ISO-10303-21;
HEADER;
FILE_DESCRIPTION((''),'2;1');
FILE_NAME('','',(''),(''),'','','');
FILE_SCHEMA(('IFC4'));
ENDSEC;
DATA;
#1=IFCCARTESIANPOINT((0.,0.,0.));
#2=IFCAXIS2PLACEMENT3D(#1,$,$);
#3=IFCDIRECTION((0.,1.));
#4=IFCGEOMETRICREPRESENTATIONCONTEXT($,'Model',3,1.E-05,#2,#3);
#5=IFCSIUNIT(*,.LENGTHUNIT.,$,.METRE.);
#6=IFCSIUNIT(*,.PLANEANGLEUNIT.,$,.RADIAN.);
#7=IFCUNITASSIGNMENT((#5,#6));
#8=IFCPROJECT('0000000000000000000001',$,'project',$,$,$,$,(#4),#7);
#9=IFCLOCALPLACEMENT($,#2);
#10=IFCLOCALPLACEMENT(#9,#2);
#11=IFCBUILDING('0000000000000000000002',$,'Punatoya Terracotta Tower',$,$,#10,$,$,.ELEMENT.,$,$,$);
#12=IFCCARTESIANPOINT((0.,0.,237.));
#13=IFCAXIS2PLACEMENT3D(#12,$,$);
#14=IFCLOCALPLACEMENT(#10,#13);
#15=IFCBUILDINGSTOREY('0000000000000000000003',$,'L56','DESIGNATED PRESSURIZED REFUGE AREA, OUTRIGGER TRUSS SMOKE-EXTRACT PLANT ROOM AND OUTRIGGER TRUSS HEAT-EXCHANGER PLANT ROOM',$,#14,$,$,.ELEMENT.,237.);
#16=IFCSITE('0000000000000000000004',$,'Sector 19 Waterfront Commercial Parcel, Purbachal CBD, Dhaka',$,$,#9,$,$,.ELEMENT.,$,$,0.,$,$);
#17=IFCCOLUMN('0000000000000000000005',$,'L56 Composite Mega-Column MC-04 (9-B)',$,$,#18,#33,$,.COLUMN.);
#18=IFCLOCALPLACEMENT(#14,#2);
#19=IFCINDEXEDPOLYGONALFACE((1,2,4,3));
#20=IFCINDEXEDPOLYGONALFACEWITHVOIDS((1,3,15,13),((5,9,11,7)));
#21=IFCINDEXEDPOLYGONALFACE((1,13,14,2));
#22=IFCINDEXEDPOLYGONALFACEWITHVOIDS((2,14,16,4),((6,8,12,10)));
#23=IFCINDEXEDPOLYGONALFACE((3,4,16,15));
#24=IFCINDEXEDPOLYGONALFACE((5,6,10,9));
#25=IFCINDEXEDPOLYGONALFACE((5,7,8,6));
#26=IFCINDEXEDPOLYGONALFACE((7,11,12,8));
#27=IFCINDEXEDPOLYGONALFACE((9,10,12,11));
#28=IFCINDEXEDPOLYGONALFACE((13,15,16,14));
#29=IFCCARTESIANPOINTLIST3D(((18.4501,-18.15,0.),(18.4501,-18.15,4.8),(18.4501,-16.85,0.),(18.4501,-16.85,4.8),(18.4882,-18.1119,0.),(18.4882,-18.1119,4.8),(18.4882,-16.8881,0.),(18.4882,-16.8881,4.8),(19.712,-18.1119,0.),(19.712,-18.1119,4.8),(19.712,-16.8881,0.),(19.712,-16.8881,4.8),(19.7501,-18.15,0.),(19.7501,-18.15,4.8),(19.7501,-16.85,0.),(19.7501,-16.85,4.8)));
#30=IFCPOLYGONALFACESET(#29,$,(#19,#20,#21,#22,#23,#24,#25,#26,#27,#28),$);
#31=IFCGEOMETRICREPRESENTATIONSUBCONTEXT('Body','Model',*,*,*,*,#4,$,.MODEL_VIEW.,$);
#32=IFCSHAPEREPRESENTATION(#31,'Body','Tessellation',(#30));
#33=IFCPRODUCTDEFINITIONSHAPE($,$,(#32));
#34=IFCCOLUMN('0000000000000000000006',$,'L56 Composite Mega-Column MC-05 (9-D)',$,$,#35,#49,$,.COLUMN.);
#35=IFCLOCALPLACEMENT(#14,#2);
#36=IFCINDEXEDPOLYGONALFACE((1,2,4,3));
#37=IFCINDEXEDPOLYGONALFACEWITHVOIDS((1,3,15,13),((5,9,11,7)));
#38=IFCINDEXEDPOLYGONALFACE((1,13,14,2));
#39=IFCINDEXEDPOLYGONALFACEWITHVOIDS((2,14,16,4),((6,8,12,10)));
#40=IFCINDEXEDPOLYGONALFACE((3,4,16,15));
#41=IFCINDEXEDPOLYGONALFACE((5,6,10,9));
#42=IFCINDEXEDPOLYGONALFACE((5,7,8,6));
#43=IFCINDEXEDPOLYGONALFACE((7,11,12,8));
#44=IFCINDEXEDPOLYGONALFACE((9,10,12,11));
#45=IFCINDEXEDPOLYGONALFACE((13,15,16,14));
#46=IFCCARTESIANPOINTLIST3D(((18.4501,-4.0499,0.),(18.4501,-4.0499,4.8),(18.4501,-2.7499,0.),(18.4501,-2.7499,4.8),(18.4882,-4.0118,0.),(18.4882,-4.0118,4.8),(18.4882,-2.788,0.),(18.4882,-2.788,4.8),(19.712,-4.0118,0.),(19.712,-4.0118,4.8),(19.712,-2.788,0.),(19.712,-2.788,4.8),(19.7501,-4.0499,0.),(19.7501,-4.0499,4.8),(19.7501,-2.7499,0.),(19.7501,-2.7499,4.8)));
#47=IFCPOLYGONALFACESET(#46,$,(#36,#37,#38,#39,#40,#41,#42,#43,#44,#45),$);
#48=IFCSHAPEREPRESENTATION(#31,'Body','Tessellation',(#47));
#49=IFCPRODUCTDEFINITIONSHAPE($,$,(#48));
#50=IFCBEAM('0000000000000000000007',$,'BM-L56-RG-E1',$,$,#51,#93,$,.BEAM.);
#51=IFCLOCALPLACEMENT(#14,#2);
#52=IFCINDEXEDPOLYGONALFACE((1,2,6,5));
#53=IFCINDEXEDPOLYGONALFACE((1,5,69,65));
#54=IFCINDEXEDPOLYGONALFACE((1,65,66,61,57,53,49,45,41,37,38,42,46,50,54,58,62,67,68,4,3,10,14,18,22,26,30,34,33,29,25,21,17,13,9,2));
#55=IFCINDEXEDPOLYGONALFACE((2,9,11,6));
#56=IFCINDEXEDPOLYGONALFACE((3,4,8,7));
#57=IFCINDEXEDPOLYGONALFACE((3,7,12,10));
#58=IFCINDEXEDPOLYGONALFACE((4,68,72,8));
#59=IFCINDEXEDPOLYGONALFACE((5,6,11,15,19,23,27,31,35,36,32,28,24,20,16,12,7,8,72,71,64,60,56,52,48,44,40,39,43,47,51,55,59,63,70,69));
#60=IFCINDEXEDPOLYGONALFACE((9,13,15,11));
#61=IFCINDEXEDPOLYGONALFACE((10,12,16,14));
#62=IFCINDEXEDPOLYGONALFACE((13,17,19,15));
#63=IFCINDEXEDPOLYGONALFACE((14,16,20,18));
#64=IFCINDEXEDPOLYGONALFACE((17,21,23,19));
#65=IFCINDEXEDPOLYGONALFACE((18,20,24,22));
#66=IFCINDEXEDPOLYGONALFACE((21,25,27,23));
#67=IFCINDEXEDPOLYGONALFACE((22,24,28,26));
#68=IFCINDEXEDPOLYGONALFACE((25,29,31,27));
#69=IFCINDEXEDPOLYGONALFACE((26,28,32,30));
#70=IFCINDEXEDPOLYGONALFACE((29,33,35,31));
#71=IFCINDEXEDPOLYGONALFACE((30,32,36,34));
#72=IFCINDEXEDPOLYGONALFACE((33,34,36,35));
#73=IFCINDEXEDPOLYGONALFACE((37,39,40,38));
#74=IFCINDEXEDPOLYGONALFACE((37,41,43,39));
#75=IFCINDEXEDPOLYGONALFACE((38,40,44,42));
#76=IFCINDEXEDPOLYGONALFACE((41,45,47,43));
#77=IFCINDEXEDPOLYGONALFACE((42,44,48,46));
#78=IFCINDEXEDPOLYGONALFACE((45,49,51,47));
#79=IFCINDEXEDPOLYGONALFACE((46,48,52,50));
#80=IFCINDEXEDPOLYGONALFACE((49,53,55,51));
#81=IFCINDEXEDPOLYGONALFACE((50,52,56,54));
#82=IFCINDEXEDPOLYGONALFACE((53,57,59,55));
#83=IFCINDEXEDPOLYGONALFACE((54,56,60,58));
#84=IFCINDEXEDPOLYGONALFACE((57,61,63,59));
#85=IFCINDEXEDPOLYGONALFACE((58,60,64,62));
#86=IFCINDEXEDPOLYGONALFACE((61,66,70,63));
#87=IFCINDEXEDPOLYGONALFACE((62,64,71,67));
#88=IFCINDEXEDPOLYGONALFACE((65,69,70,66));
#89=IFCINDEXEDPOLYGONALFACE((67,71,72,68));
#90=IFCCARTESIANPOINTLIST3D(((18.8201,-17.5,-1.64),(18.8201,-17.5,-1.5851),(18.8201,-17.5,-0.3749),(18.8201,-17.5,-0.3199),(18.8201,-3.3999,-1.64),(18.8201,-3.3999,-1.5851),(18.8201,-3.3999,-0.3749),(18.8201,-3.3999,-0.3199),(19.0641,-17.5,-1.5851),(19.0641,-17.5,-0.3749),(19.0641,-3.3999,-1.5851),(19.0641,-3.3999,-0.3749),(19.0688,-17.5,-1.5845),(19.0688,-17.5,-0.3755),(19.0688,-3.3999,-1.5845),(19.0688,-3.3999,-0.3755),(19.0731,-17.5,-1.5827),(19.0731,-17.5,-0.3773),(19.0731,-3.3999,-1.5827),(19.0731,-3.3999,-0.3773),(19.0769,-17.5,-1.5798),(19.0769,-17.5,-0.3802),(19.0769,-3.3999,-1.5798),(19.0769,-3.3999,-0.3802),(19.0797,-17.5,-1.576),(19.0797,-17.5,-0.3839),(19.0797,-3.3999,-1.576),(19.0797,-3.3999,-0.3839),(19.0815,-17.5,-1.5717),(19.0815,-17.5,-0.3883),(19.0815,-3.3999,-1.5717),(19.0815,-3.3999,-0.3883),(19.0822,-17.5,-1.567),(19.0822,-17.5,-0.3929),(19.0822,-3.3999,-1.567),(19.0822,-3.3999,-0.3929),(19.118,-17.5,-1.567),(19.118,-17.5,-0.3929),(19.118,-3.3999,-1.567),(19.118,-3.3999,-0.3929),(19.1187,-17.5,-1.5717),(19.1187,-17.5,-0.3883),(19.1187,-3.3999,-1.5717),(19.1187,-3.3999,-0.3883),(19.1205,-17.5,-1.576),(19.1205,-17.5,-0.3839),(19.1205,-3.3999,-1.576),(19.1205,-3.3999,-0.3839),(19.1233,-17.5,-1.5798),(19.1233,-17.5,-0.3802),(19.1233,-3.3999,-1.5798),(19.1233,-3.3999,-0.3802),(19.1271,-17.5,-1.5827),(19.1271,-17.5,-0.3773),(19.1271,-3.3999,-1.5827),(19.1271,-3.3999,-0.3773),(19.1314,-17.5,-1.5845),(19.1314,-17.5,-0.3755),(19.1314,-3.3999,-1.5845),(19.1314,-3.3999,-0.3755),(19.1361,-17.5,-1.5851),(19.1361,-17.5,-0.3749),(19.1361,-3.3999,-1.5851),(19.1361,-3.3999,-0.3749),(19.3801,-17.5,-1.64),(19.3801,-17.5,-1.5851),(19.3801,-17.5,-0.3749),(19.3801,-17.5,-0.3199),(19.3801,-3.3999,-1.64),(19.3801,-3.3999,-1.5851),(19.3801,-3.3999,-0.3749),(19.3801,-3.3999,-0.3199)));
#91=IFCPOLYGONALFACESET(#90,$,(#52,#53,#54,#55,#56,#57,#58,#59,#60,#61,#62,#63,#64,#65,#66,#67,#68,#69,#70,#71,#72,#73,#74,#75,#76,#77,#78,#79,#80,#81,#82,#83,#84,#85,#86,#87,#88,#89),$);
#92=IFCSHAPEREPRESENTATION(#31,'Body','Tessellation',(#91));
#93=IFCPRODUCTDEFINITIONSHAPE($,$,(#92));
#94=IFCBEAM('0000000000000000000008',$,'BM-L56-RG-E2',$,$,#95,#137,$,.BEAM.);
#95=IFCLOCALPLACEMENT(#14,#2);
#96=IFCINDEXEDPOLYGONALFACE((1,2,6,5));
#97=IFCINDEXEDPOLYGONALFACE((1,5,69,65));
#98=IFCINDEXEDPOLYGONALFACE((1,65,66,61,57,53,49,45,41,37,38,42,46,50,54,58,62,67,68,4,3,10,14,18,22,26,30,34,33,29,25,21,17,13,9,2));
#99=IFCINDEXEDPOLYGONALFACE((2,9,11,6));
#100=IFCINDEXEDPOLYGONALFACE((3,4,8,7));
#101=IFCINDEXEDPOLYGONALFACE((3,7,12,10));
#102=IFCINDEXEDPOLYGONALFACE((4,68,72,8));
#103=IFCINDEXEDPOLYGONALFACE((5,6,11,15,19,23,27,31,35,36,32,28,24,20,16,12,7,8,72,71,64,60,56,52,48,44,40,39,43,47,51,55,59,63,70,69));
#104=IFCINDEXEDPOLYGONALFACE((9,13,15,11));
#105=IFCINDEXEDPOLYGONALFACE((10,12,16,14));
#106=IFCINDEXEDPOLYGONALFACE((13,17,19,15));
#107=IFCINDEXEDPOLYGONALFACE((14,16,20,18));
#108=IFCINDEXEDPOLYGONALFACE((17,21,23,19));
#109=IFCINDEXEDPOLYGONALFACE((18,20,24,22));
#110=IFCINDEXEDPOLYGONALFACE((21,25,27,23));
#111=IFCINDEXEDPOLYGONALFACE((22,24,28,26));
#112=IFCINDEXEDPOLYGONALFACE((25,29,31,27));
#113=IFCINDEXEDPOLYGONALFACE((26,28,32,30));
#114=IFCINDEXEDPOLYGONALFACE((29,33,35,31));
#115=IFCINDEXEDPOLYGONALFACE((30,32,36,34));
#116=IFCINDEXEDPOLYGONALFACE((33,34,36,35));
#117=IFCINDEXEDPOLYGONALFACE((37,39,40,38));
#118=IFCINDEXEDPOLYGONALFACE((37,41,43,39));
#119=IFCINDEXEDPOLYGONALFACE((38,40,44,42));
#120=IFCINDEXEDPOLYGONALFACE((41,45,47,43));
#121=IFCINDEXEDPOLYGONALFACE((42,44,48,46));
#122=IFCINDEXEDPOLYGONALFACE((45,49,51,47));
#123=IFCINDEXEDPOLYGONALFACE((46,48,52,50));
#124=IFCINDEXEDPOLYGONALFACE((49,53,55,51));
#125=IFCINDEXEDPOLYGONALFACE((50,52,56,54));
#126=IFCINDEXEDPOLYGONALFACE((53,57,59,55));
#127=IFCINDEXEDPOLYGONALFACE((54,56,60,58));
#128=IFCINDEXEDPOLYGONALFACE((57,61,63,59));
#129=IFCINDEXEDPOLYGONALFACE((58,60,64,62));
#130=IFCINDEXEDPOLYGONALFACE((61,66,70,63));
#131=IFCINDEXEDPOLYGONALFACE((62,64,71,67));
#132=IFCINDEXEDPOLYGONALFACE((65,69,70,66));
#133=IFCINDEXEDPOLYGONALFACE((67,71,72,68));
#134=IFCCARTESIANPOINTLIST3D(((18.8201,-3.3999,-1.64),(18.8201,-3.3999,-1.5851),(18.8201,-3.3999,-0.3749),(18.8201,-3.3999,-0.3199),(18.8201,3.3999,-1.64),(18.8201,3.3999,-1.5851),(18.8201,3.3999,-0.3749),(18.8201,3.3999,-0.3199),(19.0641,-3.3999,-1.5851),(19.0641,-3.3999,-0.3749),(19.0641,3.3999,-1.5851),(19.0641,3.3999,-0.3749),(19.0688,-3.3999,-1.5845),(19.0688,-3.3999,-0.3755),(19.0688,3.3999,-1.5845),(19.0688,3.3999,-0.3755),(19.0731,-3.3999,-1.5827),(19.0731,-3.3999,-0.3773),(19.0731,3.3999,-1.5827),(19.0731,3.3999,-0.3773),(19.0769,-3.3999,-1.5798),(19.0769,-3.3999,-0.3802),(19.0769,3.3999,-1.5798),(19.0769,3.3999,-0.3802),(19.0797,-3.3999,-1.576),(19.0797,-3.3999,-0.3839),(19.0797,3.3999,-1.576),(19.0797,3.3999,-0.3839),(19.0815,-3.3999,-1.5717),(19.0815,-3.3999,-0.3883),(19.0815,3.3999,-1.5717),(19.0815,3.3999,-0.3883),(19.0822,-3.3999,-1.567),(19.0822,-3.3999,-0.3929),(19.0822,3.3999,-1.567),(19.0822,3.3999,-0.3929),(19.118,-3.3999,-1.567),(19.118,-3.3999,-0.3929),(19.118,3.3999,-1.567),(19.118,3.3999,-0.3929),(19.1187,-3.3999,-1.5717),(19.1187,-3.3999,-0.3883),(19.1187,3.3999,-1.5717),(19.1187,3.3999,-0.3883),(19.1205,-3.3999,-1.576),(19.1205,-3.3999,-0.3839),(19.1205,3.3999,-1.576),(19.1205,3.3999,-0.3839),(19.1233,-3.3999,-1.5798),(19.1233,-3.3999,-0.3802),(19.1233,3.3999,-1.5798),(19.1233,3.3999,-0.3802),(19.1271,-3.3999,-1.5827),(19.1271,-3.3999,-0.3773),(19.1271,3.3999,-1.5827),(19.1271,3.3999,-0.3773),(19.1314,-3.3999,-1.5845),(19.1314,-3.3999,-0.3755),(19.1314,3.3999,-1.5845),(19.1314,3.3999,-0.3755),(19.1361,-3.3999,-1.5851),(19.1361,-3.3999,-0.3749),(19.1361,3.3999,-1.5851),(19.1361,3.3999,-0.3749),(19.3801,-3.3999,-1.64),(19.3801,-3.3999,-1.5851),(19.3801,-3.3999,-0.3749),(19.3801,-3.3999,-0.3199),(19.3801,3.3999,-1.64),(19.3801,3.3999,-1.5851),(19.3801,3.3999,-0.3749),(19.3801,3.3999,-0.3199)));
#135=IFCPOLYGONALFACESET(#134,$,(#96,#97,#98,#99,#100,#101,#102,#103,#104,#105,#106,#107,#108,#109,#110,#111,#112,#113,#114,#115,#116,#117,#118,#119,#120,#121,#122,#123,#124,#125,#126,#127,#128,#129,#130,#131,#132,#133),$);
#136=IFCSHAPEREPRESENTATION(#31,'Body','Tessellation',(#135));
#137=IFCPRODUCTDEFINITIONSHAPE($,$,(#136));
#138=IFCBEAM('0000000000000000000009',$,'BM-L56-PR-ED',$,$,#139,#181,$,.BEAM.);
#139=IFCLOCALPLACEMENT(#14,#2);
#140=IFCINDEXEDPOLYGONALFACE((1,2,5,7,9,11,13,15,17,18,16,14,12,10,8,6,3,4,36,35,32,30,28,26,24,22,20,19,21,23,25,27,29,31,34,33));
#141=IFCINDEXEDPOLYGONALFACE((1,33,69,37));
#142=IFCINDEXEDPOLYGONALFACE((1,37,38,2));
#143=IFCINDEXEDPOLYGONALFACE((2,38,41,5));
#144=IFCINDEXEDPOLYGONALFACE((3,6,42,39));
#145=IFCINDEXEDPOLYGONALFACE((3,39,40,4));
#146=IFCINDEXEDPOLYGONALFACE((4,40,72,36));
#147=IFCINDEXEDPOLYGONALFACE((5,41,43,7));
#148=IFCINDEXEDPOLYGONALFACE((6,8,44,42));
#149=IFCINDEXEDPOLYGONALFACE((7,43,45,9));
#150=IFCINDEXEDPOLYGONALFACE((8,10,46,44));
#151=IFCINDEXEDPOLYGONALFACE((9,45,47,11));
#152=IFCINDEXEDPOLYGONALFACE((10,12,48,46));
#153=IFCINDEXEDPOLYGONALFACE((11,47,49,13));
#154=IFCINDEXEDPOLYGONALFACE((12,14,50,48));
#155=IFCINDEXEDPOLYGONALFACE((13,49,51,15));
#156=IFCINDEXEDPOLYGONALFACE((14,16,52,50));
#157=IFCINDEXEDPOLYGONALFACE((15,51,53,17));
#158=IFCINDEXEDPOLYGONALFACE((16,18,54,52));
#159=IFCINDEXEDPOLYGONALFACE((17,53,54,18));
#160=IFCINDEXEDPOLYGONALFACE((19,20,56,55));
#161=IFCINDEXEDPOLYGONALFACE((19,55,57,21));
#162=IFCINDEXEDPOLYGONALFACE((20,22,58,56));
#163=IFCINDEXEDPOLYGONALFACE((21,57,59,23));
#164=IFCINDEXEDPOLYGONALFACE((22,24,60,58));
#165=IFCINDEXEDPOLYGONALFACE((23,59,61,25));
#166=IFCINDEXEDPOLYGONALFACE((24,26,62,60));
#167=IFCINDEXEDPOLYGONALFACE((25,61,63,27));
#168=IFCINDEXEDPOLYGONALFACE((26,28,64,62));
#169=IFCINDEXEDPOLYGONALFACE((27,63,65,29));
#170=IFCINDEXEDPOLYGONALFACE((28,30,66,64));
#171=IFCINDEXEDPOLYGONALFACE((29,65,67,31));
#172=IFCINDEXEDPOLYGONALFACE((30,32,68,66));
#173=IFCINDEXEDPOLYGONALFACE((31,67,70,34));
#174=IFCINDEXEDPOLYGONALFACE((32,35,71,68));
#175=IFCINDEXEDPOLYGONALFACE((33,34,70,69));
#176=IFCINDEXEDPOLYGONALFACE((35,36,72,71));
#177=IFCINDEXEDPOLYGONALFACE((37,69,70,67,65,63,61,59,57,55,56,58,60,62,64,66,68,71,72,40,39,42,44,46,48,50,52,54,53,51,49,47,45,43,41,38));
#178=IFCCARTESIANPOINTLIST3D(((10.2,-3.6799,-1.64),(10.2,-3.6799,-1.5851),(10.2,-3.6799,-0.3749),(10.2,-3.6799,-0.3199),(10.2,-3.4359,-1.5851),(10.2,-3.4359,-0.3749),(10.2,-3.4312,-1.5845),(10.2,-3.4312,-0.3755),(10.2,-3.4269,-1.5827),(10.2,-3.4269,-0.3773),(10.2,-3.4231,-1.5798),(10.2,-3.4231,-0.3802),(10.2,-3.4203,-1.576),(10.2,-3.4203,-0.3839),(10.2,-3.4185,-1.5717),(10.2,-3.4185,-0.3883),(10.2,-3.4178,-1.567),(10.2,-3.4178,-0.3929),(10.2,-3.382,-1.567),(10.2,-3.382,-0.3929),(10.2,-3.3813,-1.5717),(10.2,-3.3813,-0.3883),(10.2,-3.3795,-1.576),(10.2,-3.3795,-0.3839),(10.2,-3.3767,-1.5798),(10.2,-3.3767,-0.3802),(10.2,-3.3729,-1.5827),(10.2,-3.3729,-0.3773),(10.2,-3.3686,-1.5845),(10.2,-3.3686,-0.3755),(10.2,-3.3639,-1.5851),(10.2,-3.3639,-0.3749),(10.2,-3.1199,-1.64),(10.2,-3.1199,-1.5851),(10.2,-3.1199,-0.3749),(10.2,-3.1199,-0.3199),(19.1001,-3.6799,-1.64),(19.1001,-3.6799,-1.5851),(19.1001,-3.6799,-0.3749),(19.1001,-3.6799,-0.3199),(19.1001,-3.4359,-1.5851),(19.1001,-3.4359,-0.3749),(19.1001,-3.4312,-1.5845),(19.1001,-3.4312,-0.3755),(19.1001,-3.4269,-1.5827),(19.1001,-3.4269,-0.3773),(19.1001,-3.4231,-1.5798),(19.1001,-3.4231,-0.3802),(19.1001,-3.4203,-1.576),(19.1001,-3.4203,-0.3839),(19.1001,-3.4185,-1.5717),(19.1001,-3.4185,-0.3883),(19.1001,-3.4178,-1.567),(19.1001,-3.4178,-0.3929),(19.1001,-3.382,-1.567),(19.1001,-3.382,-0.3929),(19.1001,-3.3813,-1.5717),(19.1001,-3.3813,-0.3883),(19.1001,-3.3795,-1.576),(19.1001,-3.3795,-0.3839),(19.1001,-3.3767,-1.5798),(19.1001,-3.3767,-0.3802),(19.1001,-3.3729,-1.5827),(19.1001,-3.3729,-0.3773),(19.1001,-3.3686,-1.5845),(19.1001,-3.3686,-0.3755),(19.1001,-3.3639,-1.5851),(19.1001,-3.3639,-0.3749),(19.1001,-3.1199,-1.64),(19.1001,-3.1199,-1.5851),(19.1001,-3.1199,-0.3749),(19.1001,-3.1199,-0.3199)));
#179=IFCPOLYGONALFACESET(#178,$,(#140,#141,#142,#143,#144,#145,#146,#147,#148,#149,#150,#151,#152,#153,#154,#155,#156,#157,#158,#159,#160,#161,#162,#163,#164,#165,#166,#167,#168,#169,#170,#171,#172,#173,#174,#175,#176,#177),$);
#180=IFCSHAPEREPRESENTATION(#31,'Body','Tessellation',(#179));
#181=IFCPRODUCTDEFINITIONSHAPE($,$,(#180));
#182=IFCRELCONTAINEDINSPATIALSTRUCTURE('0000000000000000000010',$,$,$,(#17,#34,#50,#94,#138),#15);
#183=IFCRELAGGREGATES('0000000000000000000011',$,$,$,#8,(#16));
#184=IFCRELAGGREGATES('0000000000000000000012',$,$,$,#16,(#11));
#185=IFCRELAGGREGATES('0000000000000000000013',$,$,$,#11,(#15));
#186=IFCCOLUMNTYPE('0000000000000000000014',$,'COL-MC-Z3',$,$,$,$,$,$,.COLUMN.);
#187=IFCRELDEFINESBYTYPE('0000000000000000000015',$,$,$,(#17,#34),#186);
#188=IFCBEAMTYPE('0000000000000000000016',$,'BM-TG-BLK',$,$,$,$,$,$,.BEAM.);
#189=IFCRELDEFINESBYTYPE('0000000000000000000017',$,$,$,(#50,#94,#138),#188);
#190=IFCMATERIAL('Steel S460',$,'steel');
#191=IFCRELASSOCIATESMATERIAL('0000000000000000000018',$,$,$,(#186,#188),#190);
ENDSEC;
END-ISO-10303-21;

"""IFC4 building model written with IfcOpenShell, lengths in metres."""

from ifc_helpers import new_model, si_unit, direction, frame, origin, origin_2d, place, context, subcontext, project, spatial, hollow_rectangle, i_section, extrude, material, material_profile, profile_set, type_object, element, save


model = new_model("IFC4")

# Units and contexts
model_context = context("Model", 3, precision=1e-05, world=origin(), true_north=direction((0.0, 1.0)))
body_context = subcontext(model_context, "Body", "Model", "MODEL_VIEW")
ifc_project = project(units=[si_unit("LENGTHUNIT", "METRE"), si_unit("PLANEANGLEUNIT", "RADIAN")], contexts=[model_context])

# Site, building, storey
site_placement = place(None, origin())
site = spatial("IfcSite", under=ifc_project, at=site_placement, Name="Sector 19 Waterfront Commercial Parcel, Purbachal CBD, Dhaka", CompositionType="ELEMENT", RefElevation=0.0)
building_placement = place(site_placement, origin())
building = spatial("IfcBuilding", under=site, at=building_placement, Name="Punatoya Terracotta Tower", CompositionType="ELEMENT")
storey_placement = place(building_placement, frame((0.0, 0.0, 237.0)))
storey = spatial("IfcBuildingStorey", under=building, at=storey_placement, Name="L56", Description="DESIGNATED PRESSURIZED REFUGE AREA, OUTRIGGER TRUSS SMOKE-EXTRACT PLANT ROOM AND OUTRIGGER TRUSS HEAT-EXCHANGER PLANT ROOM", CompositionType="ELEMENT", Elevation=237.0)

# Columns
ifc_material_1 = material(Name="Steel S460", Category="steel")
ifc_material_profile_1 = material_profile(ifc_material_1, hollow_rectangle(XDim=1.3, YDim=1.3, WallThickness=0.0381, at=origin_2d()))
ifc_profile_set_1 = profile_set([ifc_material_profile_1], Name="Steel S460")
column_type = type_object("IfcColumnType", Name="COL-MC-Z3", PredefinedType="COLUMN", material=ifc_profile_set_1)
for number, where, z_axis, x_axis, name in (
    (1, (19.1001, -17.5, 0.0), (0.0, 0.0, 1.0), (1.0, 0.0, 0.0), "L56 Composite Mega-Column MC-04 (9-B)"),
    (2, (19.1001, -3.3999, 0.0), (0.0, 0.0, 1.0), (1.0, 0.0, 0.0), "L56 Composite Mega-Column MC-05 (9-D)"),
):
    element("IfcColumn", number, at=place(storey_placement, frame(where, z_axis=z_axis, x_axis=x_axis)), inside=storey, type_object=column_type, Name=name, PredefinedType="COLUMN", context=body_context, shape_type="SweptSolid", body=[
        extrude(hollow_rectangle(XDim=1.3, YDim=1.3, WallThickness=0.0381, at=origin_2d()), origin(), (0.0, 0.0, 1.0), 4.8),
    ])

# Beams
ifc_material_profile_2 = material_profile(ifc_material_1, i_section(OverallWidth=0.5601, OverallDepth=1.3201, WebThickness=0.0359, FlangeThickness=0.0549, FilletRadius=0.0181, at=origin_2d()))
ifc_profile_set_2 = profile_set([ifc_material_profile_2], Name="Steel S460")
beam_type_1 = type_object("IfcBeamType", Name="BM-TG-BLK", PredefinedType="BEAM", material=ifc_profile_set_2)
beam_1_placement = place(storey_placement, frame((19.1001, -17.5, -0.98), z_axis=(0.0, 1.0, 0.0), x_axis=(-1.0, 0.0, 0.0)))
element("IfcBeam", 3, at=beam_1_placement, inside=storey, type_object=beam_type_1, Name="BM-L56-RG-E1", PredefinedType="BEAM", context=body_context, shape_type="SweptSolid", body=[
    extrude(i_section(OverallWidth=0.5601, OverallDepth=1.3201, WebThickness=0.0359, FlangeThickness=0.0549, FilletRadius=0.0181, at=origin_2d()), origin(), (0.0, 0.0, 1.0), 14.1001),
])
beam_2_placement = place(storey_placement, frame((19.1001, -3.3999, -0.98), z_axis=(0.0, 1.0, 0.0), x_axis=(-1.0, 0.0, 0.0)))
element("IfcBeam", 4, at=beam_2_placement, inside=storey, type_object=beam_type_1, Name="BM-L56-RG-E2", PredefinedType="BEAM", context=body_context, shape_type="SweptSolid", body=[
    extrude(i_section(OverallWidth=0.5601, OverallDepth=1.3201, WebThickness=0.0359, FlangeThickness=0.0549, FilletRadius=0.0181, at=origin_2d()), origin(), (0.0, 0.0, 1.0), 6.7998),
])
beam_3_placement = place(storey_placement, frame((10.2, -3.3999, -0.98), z_axis=(1.0, 0.0, 0.0), x_axis=(0.0, 1.0, 0.0)))
element("IfcBeam", 5, at=beam_3_placement, inside=storey, type_object=beam_type_1, Name="BM-L56-PR-ED", PredefinedType="BEAM", context=body_context, shape_type="SweptSolid", body=[
    extrude(i_section(OverallWidth=0.5601, OverallDepth=1.3201, WebThickness=0.0359, FlangeThickness=0.0549, FilletRadius=0.0181, at=origin_2d()), origin(), (0.0, 0.0, 1.0), 8.9001),
])

save(model, "model.ifc")
